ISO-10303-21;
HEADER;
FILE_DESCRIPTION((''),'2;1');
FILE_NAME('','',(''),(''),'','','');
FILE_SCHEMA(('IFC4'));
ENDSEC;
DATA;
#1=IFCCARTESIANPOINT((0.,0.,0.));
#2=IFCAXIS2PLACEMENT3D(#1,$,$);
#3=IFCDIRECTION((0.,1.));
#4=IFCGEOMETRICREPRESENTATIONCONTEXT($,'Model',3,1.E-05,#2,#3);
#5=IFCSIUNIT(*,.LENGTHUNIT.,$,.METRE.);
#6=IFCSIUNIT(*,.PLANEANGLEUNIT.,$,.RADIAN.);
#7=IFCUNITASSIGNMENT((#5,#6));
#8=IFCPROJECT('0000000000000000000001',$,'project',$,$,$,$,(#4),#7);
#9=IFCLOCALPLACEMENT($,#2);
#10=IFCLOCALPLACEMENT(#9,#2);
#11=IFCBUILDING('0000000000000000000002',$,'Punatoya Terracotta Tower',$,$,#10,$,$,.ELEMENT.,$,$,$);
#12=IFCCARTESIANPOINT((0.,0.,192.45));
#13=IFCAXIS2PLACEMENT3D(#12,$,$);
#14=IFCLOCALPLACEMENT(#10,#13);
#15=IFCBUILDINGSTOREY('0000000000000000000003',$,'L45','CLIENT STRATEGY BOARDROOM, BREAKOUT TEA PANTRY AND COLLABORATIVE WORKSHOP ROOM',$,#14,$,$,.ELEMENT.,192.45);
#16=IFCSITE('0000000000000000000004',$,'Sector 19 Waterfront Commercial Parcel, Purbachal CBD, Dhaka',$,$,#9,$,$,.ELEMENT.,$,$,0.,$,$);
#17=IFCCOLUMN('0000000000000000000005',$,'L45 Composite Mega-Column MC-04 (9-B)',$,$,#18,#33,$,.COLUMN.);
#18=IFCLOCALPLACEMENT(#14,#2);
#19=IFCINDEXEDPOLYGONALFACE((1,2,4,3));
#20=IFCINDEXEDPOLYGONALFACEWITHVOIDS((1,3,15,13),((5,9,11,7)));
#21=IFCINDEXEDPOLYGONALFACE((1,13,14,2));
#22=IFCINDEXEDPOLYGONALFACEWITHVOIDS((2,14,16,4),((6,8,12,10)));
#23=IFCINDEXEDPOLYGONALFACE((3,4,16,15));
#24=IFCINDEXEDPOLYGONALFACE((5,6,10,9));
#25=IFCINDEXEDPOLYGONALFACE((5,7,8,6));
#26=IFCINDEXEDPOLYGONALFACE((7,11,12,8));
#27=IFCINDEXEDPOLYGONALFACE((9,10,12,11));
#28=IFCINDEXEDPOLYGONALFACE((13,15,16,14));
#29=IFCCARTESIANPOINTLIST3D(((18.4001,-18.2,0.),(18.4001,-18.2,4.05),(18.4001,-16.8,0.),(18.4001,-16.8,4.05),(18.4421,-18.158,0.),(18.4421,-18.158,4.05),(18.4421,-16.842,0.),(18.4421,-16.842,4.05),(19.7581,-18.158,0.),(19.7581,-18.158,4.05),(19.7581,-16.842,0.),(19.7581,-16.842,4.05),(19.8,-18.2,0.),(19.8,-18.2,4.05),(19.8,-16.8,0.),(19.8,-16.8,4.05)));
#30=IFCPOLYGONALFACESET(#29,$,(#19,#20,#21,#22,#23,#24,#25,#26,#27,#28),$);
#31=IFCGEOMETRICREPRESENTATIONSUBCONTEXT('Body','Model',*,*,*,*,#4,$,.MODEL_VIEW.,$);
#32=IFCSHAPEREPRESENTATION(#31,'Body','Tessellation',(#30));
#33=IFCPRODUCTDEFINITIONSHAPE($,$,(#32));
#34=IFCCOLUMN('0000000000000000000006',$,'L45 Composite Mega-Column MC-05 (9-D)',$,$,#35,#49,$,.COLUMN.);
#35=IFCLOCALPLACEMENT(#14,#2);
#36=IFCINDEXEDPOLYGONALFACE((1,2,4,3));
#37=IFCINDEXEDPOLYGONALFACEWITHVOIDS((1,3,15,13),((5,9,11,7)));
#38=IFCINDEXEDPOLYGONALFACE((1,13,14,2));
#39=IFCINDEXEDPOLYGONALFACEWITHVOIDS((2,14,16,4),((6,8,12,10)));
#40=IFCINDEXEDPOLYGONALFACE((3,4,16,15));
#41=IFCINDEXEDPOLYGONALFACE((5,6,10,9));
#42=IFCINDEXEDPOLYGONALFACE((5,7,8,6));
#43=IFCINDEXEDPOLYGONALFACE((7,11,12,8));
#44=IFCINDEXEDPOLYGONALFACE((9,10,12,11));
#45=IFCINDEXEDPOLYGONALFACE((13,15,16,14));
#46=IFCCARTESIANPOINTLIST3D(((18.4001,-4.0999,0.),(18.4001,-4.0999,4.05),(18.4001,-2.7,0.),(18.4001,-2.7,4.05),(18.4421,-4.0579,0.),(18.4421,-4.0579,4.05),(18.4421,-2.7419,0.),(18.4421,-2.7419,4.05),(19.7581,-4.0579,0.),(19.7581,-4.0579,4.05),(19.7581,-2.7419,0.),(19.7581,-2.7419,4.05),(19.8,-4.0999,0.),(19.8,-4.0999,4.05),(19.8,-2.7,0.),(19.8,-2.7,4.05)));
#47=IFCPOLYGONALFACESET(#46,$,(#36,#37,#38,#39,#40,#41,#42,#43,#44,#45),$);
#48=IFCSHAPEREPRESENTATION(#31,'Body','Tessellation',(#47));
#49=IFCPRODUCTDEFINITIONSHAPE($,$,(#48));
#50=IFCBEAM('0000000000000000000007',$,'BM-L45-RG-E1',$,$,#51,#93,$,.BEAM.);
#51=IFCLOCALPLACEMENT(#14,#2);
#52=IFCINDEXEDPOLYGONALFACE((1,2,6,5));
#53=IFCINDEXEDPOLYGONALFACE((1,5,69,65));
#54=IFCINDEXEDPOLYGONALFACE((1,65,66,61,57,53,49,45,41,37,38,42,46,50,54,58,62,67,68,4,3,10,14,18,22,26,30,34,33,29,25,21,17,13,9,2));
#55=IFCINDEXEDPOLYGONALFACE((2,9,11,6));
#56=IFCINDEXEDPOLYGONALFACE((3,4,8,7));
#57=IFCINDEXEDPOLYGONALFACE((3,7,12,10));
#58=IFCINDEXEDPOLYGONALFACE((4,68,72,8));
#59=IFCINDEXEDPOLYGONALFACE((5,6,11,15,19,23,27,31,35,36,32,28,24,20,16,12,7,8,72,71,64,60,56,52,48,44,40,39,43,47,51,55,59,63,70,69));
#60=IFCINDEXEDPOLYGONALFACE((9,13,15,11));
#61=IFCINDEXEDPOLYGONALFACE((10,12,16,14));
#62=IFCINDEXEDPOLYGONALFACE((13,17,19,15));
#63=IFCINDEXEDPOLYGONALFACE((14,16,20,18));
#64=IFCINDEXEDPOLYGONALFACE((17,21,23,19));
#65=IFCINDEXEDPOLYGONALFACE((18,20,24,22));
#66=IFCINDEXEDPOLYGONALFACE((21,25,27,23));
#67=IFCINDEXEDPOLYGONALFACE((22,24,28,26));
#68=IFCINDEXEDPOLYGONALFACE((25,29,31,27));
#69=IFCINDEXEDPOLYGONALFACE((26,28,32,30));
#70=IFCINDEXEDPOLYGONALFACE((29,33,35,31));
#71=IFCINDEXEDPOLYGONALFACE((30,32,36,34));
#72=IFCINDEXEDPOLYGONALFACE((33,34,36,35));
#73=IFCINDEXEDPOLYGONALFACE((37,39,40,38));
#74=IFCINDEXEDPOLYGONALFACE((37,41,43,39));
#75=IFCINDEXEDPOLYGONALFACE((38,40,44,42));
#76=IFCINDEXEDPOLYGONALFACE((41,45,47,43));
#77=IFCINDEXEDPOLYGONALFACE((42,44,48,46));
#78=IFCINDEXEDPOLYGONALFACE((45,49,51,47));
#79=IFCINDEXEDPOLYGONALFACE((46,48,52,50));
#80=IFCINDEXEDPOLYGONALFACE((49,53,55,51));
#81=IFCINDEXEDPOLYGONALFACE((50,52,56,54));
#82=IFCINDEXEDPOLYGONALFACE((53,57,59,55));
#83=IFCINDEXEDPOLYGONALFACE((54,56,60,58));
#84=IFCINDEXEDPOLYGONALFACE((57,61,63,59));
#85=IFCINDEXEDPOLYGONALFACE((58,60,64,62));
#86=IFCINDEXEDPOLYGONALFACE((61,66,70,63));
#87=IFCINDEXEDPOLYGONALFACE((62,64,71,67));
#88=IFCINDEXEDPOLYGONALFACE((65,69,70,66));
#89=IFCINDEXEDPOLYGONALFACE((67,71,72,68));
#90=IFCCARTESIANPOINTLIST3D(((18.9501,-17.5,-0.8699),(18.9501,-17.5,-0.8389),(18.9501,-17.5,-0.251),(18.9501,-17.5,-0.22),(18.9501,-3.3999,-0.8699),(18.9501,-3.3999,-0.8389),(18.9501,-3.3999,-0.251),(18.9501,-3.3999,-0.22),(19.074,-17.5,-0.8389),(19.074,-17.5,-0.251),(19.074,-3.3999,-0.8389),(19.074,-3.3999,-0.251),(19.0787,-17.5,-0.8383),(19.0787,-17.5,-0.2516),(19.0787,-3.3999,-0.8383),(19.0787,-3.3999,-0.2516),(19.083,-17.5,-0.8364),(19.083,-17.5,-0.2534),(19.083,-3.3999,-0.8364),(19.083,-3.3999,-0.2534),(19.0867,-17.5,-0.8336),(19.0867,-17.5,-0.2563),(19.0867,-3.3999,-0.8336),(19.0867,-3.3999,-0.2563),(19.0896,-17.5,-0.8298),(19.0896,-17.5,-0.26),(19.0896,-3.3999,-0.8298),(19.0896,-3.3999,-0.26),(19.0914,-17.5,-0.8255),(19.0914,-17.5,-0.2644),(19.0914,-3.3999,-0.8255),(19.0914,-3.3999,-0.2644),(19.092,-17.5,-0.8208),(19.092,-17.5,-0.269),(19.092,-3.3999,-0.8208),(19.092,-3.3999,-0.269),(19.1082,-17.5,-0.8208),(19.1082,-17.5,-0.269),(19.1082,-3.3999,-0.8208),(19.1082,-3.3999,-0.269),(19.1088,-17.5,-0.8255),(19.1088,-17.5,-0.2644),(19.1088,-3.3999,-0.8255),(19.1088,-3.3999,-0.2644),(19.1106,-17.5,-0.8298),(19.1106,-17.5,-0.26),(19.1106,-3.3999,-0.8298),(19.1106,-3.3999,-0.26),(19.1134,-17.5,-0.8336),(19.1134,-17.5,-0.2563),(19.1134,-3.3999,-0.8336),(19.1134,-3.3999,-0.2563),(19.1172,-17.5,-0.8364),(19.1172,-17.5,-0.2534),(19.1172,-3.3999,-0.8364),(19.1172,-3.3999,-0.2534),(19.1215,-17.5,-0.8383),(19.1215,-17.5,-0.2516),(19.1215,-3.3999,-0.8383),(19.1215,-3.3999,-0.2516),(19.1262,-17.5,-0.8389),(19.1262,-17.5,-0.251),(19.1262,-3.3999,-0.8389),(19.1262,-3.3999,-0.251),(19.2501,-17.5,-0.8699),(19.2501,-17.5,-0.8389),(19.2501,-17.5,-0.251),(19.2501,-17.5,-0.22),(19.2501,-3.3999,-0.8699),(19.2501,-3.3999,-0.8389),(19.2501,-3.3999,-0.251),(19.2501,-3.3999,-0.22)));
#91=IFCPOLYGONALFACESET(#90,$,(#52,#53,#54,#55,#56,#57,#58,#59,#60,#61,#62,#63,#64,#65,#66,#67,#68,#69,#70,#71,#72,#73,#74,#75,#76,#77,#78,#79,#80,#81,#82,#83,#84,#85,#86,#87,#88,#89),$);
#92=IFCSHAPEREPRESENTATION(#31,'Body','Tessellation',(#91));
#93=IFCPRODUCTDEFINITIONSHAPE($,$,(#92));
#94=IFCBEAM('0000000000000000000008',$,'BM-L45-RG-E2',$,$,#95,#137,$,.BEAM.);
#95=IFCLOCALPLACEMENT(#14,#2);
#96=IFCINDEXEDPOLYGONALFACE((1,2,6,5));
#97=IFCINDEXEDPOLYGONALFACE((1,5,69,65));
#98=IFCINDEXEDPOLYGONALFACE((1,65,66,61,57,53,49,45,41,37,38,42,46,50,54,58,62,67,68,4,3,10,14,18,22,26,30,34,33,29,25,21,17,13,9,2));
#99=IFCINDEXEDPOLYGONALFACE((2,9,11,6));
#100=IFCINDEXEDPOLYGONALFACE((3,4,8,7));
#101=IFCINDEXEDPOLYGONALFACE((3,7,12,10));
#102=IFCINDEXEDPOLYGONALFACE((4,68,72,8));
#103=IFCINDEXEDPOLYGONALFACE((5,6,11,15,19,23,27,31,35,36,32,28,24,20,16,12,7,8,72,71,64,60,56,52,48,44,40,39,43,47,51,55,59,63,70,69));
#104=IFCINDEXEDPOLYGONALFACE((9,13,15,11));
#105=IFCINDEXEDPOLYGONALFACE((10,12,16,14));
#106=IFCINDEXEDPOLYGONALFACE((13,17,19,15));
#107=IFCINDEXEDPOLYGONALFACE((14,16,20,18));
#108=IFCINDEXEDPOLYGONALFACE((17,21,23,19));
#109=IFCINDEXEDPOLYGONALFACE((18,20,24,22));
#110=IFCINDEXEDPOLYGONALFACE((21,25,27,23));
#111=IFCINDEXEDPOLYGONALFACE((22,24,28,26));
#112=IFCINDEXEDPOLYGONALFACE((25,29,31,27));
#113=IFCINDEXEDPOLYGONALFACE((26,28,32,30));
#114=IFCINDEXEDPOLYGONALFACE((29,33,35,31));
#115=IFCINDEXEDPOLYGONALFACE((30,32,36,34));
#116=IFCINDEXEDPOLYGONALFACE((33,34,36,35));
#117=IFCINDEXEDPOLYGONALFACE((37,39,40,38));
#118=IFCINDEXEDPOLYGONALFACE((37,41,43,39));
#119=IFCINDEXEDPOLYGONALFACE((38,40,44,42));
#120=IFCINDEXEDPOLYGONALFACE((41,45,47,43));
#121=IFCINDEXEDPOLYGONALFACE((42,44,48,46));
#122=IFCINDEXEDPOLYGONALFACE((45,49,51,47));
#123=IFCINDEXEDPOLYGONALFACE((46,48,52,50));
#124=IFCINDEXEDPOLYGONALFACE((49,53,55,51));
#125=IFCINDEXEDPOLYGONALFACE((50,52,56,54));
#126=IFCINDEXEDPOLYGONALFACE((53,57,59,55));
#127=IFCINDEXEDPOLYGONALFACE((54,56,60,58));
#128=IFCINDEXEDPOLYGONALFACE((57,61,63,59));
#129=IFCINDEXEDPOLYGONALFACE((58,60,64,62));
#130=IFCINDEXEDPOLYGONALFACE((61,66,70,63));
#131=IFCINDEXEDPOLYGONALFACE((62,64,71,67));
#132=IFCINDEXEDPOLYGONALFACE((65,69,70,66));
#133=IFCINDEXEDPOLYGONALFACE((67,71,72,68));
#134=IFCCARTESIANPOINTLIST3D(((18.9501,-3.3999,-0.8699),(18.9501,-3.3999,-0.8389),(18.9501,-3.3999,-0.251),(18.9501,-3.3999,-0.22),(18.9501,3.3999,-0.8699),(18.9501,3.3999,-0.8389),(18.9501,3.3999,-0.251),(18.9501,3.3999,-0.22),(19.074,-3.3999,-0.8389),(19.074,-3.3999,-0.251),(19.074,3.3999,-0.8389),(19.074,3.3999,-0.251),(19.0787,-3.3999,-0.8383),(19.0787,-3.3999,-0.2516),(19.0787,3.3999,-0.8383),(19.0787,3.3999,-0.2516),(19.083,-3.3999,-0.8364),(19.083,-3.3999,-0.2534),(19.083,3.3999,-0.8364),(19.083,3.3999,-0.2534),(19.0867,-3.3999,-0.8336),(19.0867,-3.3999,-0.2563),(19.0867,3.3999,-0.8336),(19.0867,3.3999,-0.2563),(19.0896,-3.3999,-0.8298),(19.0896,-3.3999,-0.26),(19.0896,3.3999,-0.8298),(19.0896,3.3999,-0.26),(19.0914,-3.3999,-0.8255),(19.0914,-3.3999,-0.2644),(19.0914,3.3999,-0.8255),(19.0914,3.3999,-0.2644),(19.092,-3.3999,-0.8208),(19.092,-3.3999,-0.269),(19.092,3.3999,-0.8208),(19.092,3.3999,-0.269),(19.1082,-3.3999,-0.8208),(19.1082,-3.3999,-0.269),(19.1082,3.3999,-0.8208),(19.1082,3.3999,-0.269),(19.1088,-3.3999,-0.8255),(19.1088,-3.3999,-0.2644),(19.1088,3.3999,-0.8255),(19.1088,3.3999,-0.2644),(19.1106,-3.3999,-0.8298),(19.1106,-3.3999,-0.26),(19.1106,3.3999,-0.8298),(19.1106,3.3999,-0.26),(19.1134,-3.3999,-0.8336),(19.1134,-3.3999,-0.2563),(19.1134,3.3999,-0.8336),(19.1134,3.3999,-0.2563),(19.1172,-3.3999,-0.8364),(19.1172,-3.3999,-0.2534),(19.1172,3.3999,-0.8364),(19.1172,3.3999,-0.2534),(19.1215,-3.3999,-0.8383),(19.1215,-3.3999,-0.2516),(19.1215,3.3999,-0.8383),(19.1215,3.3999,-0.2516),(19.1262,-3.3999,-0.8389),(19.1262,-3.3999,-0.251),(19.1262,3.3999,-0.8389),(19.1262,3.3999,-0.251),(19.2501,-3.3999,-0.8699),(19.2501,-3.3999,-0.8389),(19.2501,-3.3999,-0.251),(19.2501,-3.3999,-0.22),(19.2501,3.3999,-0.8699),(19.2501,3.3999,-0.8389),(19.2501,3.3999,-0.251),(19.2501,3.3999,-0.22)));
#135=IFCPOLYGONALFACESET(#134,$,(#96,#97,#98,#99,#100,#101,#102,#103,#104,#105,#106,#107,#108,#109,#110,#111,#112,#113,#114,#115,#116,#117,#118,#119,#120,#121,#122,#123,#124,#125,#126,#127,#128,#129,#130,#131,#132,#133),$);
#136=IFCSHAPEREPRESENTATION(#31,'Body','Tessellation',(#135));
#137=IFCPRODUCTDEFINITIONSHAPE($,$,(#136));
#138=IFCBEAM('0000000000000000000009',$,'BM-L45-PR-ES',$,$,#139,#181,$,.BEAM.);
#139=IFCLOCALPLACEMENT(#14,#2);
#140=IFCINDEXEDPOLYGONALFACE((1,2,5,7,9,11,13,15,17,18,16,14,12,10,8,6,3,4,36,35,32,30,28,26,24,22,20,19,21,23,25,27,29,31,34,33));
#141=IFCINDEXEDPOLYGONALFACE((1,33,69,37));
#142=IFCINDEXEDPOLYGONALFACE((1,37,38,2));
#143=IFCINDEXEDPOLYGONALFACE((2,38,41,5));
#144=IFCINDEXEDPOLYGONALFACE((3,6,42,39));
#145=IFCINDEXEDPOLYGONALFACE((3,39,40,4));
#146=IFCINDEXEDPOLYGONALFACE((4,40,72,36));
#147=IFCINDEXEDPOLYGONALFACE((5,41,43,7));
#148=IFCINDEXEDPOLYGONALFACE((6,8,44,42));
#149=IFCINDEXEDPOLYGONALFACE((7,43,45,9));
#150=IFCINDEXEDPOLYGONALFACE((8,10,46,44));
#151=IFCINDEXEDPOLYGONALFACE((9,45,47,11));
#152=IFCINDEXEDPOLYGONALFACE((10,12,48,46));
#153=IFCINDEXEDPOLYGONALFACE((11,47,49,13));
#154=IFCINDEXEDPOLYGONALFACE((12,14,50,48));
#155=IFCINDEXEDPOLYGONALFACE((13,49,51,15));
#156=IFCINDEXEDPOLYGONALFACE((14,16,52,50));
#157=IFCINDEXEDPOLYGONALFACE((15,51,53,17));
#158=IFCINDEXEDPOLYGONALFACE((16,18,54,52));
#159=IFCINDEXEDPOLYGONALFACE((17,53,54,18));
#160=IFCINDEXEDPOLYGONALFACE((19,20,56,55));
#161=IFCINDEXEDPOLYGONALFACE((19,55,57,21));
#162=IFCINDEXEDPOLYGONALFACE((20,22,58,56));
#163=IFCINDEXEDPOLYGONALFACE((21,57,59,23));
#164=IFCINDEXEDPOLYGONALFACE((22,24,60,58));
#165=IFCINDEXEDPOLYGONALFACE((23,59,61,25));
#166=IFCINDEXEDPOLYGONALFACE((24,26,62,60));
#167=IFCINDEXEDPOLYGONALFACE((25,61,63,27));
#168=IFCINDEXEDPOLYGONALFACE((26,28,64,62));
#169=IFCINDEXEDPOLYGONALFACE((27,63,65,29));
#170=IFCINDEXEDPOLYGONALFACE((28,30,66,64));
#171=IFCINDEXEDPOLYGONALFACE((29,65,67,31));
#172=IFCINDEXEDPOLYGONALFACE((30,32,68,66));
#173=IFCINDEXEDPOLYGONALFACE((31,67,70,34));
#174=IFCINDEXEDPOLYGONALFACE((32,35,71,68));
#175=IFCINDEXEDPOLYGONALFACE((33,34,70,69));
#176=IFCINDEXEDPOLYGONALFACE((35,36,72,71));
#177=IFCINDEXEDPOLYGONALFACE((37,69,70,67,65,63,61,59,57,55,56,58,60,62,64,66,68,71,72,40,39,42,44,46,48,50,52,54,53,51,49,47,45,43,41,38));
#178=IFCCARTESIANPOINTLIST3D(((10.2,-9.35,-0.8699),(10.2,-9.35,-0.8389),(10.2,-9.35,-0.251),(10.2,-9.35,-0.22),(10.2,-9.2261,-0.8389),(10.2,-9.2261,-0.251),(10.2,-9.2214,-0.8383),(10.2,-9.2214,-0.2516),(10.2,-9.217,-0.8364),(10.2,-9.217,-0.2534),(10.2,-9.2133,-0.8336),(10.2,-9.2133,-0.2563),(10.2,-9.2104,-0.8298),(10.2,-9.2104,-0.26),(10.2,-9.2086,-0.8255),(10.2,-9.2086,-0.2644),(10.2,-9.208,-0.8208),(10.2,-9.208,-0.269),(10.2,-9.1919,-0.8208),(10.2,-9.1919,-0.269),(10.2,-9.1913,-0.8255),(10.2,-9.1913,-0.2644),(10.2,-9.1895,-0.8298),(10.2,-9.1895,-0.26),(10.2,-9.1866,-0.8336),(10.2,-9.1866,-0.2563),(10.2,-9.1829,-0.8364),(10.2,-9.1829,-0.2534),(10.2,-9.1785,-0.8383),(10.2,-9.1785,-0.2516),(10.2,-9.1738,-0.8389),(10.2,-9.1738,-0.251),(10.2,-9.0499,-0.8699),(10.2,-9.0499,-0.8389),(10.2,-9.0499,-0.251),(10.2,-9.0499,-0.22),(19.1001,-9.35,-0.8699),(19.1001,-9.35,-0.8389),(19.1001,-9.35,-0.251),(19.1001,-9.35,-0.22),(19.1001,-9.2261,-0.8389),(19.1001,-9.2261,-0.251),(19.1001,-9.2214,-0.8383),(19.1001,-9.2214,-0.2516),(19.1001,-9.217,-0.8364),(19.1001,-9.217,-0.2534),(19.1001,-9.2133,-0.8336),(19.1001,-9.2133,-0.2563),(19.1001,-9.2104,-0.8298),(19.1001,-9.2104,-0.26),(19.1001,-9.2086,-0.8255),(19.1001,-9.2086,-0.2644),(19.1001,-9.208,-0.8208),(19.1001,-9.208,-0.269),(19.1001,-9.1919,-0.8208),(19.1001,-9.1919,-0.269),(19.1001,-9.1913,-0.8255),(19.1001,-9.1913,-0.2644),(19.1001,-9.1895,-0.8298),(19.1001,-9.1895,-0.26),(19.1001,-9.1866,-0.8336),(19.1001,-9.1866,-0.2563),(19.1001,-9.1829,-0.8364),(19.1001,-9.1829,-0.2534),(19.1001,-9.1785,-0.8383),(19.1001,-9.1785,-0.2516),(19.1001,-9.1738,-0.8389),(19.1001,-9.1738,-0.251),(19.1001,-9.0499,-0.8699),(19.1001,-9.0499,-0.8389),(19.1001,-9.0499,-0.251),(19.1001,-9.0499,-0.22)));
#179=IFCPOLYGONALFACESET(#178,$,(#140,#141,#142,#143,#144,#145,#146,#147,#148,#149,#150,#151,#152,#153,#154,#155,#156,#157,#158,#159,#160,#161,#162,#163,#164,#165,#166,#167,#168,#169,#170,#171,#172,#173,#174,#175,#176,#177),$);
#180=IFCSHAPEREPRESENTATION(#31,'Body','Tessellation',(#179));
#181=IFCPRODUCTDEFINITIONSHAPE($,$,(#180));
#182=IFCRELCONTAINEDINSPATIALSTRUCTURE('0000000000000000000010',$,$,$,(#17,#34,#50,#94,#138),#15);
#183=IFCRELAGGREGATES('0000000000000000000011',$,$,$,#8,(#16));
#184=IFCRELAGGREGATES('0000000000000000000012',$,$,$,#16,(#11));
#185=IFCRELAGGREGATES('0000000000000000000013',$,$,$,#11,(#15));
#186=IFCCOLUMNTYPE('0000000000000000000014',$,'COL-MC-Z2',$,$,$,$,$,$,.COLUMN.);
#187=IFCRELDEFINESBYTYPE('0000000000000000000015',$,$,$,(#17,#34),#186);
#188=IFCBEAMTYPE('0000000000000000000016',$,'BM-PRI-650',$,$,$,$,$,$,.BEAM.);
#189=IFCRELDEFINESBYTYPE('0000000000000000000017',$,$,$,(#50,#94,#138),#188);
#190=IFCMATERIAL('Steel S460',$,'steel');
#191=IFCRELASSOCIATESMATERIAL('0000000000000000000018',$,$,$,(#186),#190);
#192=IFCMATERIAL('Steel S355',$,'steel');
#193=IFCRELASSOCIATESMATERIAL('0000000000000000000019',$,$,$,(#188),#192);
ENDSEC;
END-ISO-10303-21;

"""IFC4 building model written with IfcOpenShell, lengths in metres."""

from ifc_helpers import new_model, si_unit, direction, frame, origin, origin_2d, place, context, subcontext, project, spatial, hollow_rectangle, i_section, extrude, material, material_profile, profile_set, type_object, element, save


model = new_model("IFC4")

# Units and contexts
model_context = context("Model", 3, precision=1e-05, world=origin(), true_north=direction((0.0, 1.0)))
body_context = subcontext(model_context, "Body", "Model", "MODEL_VIEW")
ifc_project = project(units=[si_unit("LENGTHUNIT", "METRE"), si_unit("PLANEANGLEUNIT", "RADIAN")], contexts=[model_context])

# Site, building, storey
site_placement = place(None, origin())
site = spatial("IfcSite", under=ifc_project, at=site_placement, Name="Sector 19 Waterfront Commercial Parcel, Purbachal CBD, Dhaka", CompositionType="ELEMENT", RefElevation=0.0)
building_placement = place(site_placement, origin())
building = spatial("IfcBuilding", under=site, at=building_placement, Name="Punatoya Terracotta Tower", CompositionType="ELEMENT")
storey_placement = place(building_placement, frame((0.0, 0.0, 192.45)))
storey = spatial("IfcBuildingStorey", under=building, at=storey_placement, Name="L45", Description="CLIENT STRATEGY BOARDROOM, BREAKOUT TEA PANTRY AND COLLABORATIVE WORKSHOP ROOM", CompositionType="ELEMENT", Elevation=192.45)

# Columns
ifc_material_1 = material(Name="Steel S460", Category="steel")
ifc_material_profile_1 = material_profile(ifc_material_1, hollow_rectangle(XDim=1.3999, YDim=1.3999, WallThickness=0.042, at=origin_2d()))
ifc_profile_set_1 = profile_set([ifc_material_profile_1], Name="Steel S460")
column_type = type_object("IfcColumnType", Name="COL-MC-Z2", PredefinedType="COLUMN", material=ifc_profile_set_1)
for number, where, z_axis, x_axis, name in (
    (1, (19.1001, -17.5, 0.0), (0.0, 0.0, 1.0), (1.0, 0.0, 0.0), "L45 Composite Mega-Column MC-04 (9-B)"),
    (2, (19.1001, -3.3999, 0.0), (0.0, 0.0, 1.0), (1.0, 0.0, 0.0), "L45 Composite Mega-Column MC-05 (9-D)"),
):
    element("IfcColumn", number, at=place(storey_placement, frame(where, z_axis=z_axis, x_axis=x_axis)), inside=storey, type_object=column_type, Name=name, PredefinedType="COLUMN", context=body_context, shape_type="SweptSolid", body=[
        extrude(hollow_rectangle(XDim=1.3999, YDim=1.3999, WallThickness=0.042, at=origin_2d()), origin(), (0.0, 0.0, 1.0), 4.05),
    ])

# Beams
ifc_material_2 = material(Name="Steel S355", Category="steel")
ifc_material_profile_2 = material_profile(ifc_material_2, i_section(OverallWidth=0.3, OverallDepth=0.6499, WebThickness=0.0161, FlangeThickness=0.031, FilletRadius=0.0181, at=origin_2d()))
ifc_profile_set_2 = profile_set([ifc_material_profile_2], Name="Steel S355")
beam_type_1 = type_object("IfcBeamType", Name="BM-PRI-650", PredefinedType="BEAM", material=ifc_profile_set_2)
beam_1_placement = place(storey_placement, frame((19.1001, -17.5, -0.5449), z_axis=(0.0, 1.0, 0.0), x_axis=(-1.0, 0.0, 0.0)))
element("IfcBeam", 3, at=beam_1_placement, inside=storey, type_object=beam_type_1, Name="BM-L45-RG-E1", PredefinedType="BEAM", context=body_context, shape_type="SweptSolid", body=[
    extrude(i_section(OverallWidth=0.3, OverallDepth=0.6499, WebThickness=0.0161, FlangeThickness=0.031, FilletRadius=0.0181, at=origin_2d()), origin(), (0.0, 0.0, 1.0), 14.1001),
])
beam_2_placement = place(storey_placement, frame((19.1001, -3.3999, -0.5449), z_axis=(0.0, 1.0, 0.0), x_axis=(-1.0, 0.0, 0.0)))
element("IfcBeam", 4, at=beam_2_placement, inside=storey, type_object=beam_type_1, Name="BM-L45-RG-E2", PredefinedType="BEAM", context=body_context, shape_type="SweptSolid", body=[
    extrude(i_section(OverallWidth=0.3, OverallDepth=0.6499, WebThickness=0.0161, FlangeThickness=0.031, FilletRadius=0.0181, at=origin_2d()), origin(), (0.0, 0.0, 1.0), 6.7998),
])
for number, where, z_axis, x_axis, name in (
    (5, (10.2, -9.2, -0.5449), (1.0, 0.0, 0.0), (0.0, 1.0, 0.0), "BM-L45-PR-ES"),
):
    element("IfcBeam", number, at=place(storey_placement, frame(where, z_axis=z_axis, x_axis=x_axis)), inside=storey, type_object=beam_type_1, Name=name, PredefinedType="BEAM", context=body_context, shape_type="SweptSolid", body=[
        extrude(i_section(OverallWidth=0.3, OverallDepth=0.6499, WebThickness=0.0161, FlangeThickness=0.031, FilletRadius=0.0181, at=origin_2d()), origin(), (0.0, 0.0, 1.0), 8.9001),
    ])

save(model, "model.ifc")
